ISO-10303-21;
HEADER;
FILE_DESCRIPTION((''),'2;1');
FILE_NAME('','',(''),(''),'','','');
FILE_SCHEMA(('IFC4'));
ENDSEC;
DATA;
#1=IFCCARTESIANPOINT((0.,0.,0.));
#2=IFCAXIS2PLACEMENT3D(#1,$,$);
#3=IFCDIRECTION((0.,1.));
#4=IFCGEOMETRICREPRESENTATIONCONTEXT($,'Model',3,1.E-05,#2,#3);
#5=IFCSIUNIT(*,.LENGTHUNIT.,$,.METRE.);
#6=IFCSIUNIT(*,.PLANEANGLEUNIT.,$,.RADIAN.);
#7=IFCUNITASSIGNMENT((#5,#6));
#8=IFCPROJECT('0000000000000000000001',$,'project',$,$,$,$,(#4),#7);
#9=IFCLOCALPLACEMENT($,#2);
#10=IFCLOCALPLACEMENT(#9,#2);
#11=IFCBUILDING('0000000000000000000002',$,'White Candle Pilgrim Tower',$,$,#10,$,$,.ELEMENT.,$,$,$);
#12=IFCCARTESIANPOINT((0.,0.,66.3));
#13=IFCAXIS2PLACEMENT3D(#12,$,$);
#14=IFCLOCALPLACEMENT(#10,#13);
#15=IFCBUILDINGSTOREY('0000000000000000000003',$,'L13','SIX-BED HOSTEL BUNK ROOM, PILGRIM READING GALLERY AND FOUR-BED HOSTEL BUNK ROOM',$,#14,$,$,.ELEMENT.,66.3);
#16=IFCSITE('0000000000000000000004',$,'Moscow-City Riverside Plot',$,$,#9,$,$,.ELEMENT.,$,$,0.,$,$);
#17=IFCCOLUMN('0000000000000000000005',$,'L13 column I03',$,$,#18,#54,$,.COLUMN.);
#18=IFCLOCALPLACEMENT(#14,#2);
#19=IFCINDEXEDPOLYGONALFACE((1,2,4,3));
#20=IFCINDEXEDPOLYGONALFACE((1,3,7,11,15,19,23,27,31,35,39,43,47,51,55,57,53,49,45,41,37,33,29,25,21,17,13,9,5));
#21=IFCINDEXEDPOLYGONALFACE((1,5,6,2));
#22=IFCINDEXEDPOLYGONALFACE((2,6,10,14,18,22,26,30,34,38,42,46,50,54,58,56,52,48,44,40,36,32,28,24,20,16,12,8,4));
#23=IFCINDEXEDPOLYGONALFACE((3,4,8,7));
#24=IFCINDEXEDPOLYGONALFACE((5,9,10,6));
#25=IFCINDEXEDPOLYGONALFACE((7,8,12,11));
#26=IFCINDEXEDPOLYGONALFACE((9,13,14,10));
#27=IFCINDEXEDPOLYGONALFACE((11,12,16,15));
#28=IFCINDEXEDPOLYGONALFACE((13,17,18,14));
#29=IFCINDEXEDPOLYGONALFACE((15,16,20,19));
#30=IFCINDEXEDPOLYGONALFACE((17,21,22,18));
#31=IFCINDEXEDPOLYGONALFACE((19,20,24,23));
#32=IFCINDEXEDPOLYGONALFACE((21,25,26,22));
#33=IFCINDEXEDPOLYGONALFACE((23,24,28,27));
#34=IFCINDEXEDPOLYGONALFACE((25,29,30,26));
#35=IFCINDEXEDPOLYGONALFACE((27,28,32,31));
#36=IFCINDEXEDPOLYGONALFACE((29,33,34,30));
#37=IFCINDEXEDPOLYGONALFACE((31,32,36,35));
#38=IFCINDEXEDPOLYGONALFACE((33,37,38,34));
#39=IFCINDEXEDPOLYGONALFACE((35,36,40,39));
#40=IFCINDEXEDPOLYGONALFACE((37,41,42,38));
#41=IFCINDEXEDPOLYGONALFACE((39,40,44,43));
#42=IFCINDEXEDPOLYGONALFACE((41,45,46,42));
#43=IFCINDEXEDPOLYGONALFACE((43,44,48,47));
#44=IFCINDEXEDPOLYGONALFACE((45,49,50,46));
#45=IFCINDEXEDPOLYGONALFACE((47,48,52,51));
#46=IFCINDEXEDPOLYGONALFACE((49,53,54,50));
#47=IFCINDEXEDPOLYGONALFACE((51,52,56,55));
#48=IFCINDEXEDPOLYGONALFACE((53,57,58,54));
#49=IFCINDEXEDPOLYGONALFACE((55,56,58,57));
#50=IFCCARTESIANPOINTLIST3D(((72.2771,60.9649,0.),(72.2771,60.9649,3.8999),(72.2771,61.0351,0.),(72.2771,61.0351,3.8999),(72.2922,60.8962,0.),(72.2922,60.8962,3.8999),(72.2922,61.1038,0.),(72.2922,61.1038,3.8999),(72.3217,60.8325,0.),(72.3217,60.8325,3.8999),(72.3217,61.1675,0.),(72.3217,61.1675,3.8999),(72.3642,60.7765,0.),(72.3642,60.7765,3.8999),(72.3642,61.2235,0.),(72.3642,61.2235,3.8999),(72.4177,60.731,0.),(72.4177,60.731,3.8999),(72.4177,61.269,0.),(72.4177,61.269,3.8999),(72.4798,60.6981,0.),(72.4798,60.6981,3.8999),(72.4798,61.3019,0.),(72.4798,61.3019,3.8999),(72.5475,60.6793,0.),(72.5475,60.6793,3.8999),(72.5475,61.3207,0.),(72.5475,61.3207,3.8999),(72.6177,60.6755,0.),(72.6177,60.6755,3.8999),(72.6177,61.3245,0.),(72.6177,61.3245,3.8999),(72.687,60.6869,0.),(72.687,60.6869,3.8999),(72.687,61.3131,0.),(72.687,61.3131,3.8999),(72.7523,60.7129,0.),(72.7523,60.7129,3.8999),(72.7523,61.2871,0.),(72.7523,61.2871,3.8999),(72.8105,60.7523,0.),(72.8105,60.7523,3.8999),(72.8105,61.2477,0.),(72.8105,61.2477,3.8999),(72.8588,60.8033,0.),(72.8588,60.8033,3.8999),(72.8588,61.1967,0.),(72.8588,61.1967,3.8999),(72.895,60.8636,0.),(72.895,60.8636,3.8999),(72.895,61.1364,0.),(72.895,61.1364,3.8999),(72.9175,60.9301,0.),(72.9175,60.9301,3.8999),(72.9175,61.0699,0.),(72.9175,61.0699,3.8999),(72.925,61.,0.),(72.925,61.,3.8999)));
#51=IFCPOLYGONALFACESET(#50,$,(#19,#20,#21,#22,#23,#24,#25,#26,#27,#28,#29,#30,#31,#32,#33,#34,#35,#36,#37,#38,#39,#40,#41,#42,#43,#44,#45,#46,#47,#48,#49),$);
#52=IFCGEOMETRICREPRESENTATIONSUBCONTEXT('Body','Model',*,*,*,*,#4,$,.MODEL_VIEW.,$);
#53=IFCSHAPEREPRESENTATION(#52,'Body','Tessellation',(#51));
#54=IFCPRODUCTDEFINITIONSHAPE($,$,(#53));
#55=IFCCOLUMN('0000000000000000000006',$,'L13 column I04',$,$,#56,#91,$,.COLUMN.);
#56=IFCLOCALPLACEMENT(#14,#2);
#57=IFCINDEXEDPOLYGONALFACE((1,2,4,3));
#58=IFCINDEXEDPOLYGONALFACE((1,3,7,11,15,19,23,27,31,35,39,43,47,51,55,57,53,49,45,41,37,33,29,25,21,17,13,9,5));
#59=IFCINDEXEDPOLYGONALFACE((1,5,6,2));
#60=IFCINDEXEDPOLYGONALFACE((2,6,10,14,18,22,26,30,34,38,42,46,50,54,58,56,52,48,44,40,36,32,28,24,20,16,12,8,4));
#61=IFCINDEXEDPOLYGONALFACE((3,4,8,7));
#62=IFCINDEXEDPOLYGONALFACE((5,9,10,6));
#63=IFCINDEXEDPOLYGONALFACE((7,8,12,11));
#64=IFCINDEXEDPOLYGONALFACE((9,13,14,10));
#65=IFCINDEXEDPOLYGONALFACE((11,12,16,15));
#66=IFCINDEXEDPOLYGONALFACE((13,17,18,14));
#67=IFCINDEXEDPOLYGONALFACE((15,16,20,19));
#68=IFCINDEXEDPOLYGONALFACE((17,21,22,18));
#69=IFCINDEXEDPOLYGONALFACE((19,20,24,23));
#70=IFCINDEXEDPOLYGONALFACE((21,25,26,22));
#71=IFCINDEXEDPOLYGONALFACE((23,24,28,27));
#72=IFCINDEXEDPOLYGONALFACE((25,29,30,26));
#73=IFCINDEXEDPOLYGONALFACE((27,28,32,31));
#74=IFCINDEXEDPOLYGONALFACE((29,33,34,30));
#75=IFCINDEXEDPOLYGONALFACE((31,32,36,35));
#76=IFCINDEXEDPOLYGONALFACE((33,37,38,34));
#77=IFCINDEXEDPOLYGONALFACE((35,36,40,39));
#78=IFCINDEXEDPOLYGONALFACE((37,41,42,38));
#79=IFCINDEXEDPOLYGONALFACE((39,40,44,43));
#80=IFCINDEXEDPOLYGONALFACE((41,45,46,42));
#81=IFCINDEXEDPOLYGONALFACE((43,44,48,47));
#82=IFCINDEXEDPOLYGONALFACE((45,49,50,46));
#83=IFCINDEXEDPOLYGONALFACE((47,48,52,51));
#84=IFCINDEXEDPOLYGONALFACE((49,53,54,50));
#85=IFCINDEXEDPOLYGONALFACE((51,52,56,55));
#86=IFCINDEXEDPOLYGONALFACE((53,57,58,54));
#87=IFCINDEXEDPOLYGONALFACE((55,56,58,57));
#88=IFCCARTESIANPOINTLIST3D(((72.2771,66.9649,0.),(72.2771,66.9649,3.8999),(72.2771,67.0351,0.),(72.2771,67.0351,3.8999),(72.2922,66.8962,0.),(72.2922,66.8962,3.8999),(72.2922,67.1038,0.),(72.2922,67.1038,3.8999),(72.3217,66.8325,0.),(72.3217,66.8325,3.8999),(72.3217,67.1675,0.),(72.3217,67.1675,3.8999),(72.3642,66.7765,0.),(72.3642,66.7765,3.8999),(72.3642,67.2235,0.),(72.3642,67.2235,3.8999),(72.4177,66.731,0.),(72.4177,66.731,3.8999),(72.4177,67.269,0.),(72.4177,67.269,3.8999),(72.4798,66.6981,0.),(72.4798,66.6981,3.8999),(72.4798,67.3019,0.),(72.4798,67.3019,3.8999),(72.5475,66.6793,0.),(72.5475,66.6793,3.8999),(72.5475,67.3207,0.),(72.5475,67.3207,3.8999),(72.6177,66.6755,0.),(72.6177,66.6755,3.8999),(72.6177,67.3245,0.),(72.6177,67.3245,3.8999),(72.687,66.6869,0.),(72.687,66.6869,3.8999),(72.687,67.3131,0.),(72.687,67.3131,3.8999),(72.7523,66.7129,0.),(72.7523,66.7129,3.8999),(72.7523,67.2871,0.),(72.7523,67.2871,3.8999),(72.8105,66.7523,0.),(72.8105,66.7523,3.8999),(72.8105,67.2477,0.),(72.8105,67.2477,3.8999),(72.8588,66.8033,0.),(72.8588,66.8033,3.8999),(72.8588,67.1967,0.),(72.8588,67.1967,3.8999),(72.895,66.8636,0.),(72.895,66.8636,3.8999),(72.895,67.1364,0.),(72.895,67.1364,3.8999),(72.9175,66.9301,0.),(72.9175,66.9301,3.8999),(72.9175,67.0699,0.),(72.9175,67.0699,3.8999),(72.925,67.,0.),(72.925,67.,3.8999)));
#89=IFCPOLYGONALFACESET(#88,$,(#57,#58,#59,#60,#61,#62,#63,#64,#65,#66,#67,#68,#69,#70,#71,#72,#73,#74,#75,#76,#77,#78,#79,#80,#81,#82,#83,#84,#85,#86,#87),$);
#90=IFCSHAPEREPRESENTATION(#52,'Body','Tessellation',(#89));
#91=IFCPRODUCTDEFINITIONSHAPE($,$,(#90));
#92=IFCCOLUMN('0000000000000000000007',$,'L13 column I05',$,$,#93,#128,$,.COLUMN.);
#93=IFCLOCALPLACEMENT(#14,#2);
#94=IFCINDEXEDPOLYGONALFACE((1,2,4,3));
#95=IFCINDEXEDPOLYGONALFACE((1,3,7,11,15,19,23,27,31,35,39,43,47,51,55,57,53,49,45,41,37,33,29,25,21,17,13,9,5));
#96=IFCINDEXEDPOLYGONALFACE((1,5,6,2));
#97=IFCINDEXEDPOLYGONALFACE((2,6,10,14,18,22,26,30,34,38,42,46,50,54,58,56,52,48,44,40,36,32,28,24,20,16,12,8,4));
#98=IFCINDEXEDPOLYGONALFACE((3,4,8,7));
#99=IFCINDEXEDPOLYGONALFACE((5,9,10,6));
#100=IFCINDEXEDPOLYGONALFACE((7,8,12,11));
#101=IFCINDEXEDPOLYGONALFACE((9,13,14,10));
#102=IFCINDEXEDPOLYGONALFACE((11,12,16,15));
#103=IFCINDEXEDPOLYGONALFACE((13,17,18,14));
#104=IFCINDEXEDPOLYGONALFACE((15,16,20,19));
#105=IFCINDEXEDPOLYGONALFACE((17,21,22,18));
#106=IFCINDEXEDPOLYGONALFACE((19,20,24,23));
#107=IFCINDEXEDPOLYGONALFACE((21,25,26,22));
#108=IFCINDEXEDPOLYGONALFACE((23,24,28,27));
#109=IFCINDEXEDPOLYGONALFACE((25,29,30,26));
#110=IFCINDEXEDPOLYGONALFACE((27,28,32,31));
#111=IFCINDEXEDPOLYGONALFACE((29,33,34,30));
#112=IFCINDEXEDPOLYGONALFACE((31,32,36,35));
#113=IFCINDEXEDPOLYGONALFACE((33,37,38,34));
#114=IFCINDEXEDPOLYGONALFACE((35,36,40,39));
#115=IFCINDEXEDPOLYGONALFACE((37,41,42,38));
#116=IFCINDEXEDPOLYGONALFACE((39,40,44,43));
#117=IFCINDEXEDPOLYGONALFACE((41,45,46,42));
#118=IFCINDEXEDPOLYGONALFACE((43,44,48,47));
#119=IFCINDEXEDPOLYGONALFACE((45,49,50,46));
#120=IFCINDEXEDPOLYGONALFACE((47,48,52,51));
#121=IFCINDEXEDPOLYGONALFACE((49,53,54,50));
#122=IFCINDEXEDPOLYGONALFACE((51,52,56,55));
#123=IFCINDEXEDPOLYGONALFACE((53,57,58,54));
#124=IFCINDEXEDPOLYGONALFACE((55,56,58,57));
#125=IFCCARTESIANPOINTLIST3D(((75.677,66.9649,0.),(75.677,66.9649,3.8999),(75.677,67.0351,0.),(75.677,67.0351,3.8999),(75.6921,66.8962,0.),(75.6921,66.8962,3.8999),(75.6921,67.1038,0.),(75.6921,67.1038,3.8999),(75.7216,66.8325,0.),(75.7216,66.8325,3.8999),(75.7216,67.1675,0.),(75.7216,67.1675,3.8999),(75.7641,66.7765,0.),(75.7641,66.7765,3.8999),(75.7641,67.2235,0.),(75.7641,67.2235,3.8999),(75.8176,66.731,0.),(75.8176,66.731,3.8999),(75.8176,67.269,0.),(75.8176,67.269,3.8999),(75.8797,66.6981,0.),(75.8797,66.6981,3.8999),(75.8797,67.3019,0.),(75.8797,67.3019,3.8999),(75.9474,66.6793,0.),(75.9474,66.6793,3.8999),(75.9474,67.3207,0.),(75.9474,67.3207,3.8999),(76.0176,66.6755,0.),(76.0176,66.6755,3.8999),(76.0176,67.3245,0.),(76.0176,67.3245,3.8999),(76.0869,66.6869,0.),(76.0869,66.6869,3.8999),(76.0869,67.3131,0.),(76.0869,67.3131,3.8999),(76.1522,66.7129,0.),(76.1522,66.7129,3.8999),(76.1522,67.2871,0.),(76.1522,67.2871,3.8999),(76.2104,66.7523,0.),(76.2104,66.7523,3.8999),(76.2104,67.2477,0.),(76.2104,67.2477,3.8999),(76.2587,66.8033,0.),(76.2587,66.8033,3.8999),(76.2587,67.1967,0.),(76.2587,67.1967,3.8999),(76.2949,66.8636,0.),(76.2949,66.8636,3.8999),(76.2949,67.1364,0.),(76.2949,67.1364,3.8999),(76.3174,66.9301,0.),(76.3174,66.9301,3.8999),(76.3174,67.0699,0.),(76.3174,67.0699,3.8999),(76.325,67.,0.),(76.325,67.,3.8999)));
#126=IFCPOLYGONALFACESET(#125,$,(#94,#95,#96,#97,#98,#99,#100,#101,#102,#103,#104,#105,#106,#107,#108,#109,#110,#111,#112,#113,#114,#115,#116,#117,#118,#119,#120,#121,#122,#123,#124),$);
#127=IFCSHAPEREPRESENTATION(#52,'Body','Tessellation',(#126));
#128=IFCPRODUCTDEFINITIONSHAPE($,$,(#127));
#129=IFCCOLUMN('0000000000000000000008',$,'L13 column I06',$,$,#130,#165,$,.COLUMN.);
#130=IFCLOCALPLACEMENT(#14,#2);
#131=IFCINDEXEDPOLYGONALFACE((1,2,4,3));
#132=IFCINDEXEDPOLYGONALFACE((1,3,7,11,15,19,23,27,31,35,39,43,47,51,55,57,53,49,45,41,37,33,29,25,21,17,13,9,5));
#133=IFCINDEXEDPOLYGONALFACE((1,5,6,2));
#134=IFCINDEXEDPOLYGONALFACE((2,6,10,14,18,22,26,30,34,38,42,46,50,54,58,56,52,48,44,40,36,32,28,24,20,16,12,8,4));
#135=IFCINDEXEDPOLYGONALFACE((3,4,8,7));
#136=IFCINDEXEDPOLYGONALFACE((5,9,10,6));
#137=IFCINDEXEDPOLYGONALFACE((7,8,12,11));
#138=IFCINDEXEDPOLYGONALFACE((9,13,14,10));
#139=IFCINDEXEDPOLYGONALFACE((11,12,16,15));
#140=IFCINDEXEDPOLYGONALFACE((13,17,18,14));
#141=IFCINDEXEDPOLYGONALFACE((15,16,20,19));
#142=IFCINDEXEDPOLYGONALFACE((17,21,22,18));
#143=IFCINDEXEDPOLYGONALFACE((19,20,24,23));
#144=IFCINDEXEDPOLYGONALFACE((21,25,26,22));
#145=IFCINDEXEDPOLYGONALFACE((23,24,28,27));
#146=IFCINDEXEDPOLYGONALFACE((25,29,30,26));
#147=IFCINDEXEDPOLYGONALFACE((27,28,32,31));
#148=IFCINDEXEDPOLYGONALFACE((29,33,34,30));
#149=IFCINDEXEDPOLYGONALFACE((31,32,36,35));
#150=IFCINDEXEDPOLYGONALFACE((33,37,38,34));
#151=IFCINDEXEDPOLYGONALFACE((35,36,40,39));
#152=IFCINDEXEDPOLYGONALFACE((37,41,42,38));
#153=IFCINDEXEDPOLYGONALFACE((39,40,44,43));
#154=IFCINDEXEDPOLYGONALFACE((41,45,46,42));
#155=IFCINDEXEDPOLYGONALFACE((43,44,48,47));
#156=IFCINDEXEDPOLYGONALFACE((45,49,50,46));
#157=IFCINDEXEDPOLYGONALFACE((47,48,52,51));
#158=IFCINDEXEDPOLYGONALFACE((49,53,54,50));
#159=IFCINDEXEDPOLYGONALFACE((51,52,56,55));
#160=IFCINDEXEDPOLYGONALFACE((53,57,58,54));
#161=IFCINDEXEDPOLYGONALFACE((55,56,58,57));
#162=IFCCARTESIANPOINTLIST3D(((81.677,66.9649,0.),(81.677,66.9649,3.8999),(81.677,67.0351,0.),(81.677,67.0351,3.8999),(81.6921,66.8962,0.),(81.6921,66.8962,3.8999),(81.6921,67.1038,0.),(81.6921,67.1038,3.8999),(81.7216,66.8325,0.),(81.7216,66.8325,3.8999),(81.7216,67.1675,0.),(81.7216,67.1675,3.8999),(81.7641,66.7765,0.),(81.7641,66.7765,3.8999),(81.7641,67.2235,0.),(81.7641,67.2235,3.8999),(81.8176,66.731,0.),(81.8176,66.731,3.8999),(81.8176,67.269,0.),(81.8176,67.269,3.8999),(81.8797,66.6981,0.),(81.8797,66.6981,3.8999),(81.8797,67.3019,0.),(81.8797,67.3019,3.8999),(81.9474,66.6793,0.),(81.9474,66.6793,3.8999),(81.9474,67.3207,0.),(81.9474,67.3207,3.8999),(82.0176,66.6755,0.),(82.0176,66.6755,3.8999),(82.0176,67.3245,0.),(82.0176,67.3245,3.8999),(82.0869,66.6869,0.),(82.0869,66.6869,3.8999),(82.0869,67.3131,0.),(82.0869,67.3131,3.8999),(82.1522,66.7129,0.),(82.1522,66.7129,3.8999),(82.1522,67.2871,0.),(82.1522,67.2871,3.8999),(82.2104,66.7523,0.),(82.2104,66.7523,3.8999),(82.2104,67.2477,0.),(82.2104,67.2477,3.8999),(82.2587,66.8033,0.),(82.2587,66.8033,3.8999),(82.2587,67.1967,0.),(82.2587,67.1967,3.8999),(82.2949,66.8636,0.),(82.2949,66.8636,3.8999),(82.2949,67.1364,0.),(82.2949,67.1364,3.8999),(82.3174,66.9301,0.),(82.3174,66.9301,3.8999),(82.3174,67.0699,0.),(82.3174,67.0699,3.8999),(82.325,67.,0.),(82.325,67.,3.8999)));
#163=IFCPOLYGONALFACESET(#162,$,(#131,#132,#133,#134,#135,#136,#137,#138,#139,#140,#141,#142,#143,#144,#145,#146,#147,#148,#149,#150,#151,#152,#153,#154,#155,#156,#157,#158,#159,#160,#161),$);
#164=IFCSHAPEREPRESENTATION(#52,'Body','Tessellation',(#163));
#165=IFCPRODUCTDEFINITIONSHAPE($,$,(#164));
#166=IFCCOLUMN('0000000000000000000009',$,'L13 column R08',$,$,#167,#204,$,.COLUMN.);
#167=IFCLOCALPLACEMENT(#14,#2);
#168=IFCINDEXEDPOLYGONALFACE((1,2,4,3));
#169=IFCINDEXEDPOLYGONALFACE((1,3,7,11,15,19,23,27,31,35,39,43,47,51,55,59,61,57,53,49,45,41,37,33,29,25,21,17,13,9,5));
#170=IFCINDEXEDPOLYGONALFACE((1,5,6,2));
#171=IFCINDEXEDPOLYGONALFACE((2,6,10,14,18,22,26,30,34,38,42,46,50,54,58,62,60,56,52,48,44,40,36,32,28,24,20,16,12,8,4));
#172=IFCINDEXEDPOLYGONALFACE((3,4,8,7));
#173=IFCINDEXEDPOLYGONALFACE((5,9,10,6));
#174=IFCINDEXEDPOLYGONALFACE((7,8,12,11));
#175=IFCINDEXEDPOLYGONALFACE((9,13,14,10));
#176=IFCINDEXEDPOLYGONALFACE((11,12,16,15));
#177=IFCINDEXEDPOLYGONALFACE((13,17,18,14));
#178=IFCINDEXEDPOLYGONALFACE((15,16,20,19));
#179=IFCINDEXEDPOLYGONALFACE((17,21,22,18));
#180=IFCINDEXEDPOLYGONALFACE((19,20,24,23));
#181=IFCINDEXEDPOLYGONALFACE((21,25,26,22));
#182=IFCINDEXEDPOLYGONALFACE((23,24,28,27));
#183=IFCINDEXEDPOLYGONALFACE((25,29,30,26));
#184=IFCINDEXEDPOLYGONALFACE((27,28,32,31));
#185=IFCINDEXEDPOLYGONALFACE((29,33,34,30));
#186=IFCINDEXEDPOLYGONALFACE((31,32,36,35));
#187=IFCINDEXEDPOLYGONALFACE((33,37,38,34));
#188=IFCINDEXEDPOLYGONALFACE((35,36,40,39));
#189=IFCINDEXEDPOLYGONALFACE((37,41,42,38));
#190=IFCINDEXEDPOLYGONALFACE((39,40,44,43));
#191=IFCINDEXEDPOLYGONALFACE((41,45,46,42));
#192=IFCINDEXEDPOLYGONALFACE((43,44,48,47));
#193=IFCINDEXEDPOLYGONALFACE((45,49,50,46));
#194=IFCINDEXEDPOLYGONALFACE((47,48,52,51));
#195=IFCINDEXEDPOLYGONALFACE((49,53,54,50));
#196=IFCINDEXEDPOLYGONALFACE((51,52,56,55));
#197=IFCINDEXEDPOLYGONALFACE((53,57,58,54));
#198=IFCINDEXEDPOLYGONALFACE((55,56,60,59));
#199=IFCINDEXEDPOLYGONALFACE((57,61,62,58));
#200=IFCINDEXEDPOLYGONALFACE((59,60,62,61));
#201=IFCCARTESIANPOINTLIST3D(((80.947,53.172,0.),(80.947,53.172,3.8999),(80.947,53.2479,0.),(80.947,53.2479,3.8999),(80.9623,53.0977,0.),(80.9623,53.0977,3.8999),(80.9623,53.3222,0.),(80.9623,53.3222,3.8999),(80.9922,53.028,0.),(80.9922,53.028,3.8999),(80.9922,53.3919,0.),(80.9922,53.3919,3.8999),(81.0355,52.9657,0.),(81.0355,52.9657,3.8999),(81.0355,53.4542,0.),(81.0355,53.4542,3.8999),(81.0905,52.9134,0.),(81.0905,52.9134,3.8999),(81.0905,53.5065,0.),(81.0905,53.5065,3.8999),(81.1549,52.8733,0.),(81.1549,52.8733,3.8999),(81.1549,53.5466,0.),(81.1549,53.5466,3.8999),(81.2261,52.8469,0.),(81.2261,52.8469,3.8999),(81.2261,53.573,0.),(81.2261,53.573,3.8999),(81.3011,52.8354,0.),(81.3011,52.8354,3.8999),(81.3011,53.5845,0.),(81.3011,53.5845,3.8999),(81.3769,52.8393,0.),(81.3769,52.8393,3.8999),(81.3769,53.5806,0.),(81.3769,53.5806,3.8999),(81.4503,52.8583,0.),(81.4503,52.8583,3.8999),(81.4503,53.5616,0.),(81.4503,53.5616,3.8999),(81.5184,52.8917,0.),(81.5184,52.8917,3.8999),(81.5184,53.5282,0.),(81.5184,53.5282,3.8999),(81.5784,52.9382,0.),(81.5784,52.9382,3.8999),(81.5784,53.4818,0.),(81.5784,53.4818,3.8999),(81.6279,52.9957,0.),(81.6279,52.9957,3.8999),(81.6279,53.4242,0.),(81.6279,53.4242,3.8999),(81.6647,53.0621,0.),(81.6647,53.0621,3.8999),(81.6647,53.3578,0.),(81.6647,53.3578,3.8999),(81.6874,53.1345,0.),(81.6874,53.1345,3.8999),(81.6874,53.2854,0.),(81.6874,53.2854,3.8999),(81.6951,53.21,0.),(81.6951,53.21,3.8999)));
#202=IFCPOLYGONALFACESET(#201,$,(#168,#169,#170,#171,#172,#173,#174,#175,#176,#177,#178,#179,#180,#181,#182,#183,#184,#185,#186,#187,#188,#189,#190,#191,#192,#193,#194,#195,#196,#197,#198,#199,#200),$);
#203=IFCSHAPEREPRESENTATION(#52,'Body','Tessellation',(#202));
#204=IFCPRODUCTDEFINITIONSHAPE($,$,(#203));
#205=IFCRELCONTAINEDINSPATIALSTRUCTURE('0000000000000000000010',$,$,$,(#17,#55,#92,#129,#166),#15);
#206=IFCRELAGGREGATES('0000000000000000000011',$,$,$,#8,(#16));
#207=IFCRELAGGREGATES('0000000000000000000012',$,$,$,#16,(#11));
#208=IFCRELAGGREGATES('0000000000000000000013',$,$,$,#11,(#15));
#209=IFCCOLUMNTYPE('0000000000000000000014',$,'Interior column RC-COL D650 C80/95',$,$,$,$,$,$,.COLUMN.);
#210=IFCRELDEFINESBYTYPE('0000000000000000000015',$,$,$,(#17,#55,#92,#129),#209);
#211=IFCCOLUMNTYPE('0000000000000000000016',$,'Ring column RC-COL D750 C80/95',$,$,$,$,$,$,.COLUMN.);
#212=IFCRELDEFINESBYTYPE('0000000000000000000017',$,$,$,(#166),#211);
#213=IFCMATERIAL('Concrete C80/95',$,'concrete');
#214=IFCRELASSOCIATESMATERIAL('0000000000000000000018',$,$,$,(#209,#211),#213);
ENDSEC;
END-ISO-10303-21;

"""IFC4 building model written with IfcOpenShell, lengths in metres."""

from ifc_helpers import new_model, si_unit, direction, frame, origin, origin_2d, place, context, subcontext, project, spatial, circle, extrude, material, material_profile, profile_set, type_object, element, save


model = new_model("IFC4")

# Units and contexts
model_context = context("Model", 3, precision=1e-05, world=origin(), true_north=direction((0.0, 1.0)))
body_context = subcontext(model_context, "Body", "Model", "MODEL_VIEW")
ifc_project = project(units=[si_unit("LENGTHUNIT", "METRE"), si_unit("PLANEANGLEUNIT", "RADIAN")], contexts=[model_context])

# Site, building, storey
site_placement = place(None, origin())
site = spatial("IfcSite", under=ifc_project, at=site_placement, Name="Moscow-City Riverside Plot", CompositionType="ELEMENT", RefElevation=0.0)
building_placement = place(site_placement, origin())
building = spatial("IfcBuilding", under=site, at=building_placement, Name="White Candle Pilgrim Tower", CompositionType="ELEMENT")
storey_placement = place(building_placement, frame((0.0, 0.0, 66.3)))
storey = spatial("IfcBuildingStorey", under=building, at=storey_placement, Name="L13", Description="SIX-BED HOSTEL BUNK ROOM, PILGRIM READING GALLERY AND FOUR-BED HOSTEL BUNK ROOM", CompositionType="ELEMENT", Elevation=66.3)

# Columns
ifc_material_1 = material(Name="Concrete C80/95", Category="concrete")
ifc_material_profile_1 = material_profile(ifc_material_1, circle(Radius=0.325, at=origin_2d()), Name="RC-COL D650")
ifc_profile_set_1 = profile_set([ifc_material_profile_1], Name="Concrete C80/95")
column_type_1 = type_object("IfcColumnType", Name="Interior column RC-COL D650 C80/95", PredefinedType="COLUMN", material=ifc_profile_set_1)
for number, where, z_axis, x_axis, name in (
    (1, (72.6001, 61.0, 0.0), (0.0, 0.0, 1.0), (1.0, 0.0, 0.0), "L13 column I03"),
    (2, (72.6001, 67.0, 0.0), (0.0, 0.0, 1.0), (1.0, 0.0, 0.0), "L13 column I04"),
    (3, (76.0, 67.0, 0.0), (0.0, 0.0, 1.0), (1.0, 0.0, 0.0), "L13 column I05"),
    (4, (82.0, 67.0, 0.0), (0.0, 0.0, 1.0), (1.0, 0.0, 0.0), "L13 column I06"),
):
    element("IfcColumn", number, at=place(storey_placement, frame(where, z_axis=z_axis, x_axis=x_axis)), inside=storey, type_object=column_type_1, Name=name, PredefinedType="COLUMN", context=body_context, shape_type="SweptSolid", body=[
        extrude(circle(Radius=0.325, at=origin_2d()), origin(), (0.0, 0.0, 1.0), 3.8999),
    ])
ifc_material_profile_2 = material_profile(ifc_material_1, circle(Radius=0.375, at=origin_2d()), Name="RC-COL D750")
ifc_profile_set_2 = profile_set([ifc_material_profile_2], Name="Concrete C80/95")
column_type_2 = type_object("IfcColumnType", Name="Ring column RC-COL D750 C80/95", PredefinedType="COLUMN", material=ifc_profile_set_2)
column_placement = place(storey_placement, frame((81.3201, 53.21, 0.0), z_axis=(0.0, 0.0, 1.0), x_axis=(1.0, 0.0, 0.0)))
element("IfcColumn", 5, at=column_placement, inside=storey, type_object=column_type_2, Name="L13 column R08", PredefinedType="COLUMN", context=body_context, shape_type="SweptSolid", body=[
    extrude(circle(Radius=0.375, at=origin_2d()), origin(), (0.0, 0.0, 1.0), 3.8999),
])

save(model, "model.ifc")
